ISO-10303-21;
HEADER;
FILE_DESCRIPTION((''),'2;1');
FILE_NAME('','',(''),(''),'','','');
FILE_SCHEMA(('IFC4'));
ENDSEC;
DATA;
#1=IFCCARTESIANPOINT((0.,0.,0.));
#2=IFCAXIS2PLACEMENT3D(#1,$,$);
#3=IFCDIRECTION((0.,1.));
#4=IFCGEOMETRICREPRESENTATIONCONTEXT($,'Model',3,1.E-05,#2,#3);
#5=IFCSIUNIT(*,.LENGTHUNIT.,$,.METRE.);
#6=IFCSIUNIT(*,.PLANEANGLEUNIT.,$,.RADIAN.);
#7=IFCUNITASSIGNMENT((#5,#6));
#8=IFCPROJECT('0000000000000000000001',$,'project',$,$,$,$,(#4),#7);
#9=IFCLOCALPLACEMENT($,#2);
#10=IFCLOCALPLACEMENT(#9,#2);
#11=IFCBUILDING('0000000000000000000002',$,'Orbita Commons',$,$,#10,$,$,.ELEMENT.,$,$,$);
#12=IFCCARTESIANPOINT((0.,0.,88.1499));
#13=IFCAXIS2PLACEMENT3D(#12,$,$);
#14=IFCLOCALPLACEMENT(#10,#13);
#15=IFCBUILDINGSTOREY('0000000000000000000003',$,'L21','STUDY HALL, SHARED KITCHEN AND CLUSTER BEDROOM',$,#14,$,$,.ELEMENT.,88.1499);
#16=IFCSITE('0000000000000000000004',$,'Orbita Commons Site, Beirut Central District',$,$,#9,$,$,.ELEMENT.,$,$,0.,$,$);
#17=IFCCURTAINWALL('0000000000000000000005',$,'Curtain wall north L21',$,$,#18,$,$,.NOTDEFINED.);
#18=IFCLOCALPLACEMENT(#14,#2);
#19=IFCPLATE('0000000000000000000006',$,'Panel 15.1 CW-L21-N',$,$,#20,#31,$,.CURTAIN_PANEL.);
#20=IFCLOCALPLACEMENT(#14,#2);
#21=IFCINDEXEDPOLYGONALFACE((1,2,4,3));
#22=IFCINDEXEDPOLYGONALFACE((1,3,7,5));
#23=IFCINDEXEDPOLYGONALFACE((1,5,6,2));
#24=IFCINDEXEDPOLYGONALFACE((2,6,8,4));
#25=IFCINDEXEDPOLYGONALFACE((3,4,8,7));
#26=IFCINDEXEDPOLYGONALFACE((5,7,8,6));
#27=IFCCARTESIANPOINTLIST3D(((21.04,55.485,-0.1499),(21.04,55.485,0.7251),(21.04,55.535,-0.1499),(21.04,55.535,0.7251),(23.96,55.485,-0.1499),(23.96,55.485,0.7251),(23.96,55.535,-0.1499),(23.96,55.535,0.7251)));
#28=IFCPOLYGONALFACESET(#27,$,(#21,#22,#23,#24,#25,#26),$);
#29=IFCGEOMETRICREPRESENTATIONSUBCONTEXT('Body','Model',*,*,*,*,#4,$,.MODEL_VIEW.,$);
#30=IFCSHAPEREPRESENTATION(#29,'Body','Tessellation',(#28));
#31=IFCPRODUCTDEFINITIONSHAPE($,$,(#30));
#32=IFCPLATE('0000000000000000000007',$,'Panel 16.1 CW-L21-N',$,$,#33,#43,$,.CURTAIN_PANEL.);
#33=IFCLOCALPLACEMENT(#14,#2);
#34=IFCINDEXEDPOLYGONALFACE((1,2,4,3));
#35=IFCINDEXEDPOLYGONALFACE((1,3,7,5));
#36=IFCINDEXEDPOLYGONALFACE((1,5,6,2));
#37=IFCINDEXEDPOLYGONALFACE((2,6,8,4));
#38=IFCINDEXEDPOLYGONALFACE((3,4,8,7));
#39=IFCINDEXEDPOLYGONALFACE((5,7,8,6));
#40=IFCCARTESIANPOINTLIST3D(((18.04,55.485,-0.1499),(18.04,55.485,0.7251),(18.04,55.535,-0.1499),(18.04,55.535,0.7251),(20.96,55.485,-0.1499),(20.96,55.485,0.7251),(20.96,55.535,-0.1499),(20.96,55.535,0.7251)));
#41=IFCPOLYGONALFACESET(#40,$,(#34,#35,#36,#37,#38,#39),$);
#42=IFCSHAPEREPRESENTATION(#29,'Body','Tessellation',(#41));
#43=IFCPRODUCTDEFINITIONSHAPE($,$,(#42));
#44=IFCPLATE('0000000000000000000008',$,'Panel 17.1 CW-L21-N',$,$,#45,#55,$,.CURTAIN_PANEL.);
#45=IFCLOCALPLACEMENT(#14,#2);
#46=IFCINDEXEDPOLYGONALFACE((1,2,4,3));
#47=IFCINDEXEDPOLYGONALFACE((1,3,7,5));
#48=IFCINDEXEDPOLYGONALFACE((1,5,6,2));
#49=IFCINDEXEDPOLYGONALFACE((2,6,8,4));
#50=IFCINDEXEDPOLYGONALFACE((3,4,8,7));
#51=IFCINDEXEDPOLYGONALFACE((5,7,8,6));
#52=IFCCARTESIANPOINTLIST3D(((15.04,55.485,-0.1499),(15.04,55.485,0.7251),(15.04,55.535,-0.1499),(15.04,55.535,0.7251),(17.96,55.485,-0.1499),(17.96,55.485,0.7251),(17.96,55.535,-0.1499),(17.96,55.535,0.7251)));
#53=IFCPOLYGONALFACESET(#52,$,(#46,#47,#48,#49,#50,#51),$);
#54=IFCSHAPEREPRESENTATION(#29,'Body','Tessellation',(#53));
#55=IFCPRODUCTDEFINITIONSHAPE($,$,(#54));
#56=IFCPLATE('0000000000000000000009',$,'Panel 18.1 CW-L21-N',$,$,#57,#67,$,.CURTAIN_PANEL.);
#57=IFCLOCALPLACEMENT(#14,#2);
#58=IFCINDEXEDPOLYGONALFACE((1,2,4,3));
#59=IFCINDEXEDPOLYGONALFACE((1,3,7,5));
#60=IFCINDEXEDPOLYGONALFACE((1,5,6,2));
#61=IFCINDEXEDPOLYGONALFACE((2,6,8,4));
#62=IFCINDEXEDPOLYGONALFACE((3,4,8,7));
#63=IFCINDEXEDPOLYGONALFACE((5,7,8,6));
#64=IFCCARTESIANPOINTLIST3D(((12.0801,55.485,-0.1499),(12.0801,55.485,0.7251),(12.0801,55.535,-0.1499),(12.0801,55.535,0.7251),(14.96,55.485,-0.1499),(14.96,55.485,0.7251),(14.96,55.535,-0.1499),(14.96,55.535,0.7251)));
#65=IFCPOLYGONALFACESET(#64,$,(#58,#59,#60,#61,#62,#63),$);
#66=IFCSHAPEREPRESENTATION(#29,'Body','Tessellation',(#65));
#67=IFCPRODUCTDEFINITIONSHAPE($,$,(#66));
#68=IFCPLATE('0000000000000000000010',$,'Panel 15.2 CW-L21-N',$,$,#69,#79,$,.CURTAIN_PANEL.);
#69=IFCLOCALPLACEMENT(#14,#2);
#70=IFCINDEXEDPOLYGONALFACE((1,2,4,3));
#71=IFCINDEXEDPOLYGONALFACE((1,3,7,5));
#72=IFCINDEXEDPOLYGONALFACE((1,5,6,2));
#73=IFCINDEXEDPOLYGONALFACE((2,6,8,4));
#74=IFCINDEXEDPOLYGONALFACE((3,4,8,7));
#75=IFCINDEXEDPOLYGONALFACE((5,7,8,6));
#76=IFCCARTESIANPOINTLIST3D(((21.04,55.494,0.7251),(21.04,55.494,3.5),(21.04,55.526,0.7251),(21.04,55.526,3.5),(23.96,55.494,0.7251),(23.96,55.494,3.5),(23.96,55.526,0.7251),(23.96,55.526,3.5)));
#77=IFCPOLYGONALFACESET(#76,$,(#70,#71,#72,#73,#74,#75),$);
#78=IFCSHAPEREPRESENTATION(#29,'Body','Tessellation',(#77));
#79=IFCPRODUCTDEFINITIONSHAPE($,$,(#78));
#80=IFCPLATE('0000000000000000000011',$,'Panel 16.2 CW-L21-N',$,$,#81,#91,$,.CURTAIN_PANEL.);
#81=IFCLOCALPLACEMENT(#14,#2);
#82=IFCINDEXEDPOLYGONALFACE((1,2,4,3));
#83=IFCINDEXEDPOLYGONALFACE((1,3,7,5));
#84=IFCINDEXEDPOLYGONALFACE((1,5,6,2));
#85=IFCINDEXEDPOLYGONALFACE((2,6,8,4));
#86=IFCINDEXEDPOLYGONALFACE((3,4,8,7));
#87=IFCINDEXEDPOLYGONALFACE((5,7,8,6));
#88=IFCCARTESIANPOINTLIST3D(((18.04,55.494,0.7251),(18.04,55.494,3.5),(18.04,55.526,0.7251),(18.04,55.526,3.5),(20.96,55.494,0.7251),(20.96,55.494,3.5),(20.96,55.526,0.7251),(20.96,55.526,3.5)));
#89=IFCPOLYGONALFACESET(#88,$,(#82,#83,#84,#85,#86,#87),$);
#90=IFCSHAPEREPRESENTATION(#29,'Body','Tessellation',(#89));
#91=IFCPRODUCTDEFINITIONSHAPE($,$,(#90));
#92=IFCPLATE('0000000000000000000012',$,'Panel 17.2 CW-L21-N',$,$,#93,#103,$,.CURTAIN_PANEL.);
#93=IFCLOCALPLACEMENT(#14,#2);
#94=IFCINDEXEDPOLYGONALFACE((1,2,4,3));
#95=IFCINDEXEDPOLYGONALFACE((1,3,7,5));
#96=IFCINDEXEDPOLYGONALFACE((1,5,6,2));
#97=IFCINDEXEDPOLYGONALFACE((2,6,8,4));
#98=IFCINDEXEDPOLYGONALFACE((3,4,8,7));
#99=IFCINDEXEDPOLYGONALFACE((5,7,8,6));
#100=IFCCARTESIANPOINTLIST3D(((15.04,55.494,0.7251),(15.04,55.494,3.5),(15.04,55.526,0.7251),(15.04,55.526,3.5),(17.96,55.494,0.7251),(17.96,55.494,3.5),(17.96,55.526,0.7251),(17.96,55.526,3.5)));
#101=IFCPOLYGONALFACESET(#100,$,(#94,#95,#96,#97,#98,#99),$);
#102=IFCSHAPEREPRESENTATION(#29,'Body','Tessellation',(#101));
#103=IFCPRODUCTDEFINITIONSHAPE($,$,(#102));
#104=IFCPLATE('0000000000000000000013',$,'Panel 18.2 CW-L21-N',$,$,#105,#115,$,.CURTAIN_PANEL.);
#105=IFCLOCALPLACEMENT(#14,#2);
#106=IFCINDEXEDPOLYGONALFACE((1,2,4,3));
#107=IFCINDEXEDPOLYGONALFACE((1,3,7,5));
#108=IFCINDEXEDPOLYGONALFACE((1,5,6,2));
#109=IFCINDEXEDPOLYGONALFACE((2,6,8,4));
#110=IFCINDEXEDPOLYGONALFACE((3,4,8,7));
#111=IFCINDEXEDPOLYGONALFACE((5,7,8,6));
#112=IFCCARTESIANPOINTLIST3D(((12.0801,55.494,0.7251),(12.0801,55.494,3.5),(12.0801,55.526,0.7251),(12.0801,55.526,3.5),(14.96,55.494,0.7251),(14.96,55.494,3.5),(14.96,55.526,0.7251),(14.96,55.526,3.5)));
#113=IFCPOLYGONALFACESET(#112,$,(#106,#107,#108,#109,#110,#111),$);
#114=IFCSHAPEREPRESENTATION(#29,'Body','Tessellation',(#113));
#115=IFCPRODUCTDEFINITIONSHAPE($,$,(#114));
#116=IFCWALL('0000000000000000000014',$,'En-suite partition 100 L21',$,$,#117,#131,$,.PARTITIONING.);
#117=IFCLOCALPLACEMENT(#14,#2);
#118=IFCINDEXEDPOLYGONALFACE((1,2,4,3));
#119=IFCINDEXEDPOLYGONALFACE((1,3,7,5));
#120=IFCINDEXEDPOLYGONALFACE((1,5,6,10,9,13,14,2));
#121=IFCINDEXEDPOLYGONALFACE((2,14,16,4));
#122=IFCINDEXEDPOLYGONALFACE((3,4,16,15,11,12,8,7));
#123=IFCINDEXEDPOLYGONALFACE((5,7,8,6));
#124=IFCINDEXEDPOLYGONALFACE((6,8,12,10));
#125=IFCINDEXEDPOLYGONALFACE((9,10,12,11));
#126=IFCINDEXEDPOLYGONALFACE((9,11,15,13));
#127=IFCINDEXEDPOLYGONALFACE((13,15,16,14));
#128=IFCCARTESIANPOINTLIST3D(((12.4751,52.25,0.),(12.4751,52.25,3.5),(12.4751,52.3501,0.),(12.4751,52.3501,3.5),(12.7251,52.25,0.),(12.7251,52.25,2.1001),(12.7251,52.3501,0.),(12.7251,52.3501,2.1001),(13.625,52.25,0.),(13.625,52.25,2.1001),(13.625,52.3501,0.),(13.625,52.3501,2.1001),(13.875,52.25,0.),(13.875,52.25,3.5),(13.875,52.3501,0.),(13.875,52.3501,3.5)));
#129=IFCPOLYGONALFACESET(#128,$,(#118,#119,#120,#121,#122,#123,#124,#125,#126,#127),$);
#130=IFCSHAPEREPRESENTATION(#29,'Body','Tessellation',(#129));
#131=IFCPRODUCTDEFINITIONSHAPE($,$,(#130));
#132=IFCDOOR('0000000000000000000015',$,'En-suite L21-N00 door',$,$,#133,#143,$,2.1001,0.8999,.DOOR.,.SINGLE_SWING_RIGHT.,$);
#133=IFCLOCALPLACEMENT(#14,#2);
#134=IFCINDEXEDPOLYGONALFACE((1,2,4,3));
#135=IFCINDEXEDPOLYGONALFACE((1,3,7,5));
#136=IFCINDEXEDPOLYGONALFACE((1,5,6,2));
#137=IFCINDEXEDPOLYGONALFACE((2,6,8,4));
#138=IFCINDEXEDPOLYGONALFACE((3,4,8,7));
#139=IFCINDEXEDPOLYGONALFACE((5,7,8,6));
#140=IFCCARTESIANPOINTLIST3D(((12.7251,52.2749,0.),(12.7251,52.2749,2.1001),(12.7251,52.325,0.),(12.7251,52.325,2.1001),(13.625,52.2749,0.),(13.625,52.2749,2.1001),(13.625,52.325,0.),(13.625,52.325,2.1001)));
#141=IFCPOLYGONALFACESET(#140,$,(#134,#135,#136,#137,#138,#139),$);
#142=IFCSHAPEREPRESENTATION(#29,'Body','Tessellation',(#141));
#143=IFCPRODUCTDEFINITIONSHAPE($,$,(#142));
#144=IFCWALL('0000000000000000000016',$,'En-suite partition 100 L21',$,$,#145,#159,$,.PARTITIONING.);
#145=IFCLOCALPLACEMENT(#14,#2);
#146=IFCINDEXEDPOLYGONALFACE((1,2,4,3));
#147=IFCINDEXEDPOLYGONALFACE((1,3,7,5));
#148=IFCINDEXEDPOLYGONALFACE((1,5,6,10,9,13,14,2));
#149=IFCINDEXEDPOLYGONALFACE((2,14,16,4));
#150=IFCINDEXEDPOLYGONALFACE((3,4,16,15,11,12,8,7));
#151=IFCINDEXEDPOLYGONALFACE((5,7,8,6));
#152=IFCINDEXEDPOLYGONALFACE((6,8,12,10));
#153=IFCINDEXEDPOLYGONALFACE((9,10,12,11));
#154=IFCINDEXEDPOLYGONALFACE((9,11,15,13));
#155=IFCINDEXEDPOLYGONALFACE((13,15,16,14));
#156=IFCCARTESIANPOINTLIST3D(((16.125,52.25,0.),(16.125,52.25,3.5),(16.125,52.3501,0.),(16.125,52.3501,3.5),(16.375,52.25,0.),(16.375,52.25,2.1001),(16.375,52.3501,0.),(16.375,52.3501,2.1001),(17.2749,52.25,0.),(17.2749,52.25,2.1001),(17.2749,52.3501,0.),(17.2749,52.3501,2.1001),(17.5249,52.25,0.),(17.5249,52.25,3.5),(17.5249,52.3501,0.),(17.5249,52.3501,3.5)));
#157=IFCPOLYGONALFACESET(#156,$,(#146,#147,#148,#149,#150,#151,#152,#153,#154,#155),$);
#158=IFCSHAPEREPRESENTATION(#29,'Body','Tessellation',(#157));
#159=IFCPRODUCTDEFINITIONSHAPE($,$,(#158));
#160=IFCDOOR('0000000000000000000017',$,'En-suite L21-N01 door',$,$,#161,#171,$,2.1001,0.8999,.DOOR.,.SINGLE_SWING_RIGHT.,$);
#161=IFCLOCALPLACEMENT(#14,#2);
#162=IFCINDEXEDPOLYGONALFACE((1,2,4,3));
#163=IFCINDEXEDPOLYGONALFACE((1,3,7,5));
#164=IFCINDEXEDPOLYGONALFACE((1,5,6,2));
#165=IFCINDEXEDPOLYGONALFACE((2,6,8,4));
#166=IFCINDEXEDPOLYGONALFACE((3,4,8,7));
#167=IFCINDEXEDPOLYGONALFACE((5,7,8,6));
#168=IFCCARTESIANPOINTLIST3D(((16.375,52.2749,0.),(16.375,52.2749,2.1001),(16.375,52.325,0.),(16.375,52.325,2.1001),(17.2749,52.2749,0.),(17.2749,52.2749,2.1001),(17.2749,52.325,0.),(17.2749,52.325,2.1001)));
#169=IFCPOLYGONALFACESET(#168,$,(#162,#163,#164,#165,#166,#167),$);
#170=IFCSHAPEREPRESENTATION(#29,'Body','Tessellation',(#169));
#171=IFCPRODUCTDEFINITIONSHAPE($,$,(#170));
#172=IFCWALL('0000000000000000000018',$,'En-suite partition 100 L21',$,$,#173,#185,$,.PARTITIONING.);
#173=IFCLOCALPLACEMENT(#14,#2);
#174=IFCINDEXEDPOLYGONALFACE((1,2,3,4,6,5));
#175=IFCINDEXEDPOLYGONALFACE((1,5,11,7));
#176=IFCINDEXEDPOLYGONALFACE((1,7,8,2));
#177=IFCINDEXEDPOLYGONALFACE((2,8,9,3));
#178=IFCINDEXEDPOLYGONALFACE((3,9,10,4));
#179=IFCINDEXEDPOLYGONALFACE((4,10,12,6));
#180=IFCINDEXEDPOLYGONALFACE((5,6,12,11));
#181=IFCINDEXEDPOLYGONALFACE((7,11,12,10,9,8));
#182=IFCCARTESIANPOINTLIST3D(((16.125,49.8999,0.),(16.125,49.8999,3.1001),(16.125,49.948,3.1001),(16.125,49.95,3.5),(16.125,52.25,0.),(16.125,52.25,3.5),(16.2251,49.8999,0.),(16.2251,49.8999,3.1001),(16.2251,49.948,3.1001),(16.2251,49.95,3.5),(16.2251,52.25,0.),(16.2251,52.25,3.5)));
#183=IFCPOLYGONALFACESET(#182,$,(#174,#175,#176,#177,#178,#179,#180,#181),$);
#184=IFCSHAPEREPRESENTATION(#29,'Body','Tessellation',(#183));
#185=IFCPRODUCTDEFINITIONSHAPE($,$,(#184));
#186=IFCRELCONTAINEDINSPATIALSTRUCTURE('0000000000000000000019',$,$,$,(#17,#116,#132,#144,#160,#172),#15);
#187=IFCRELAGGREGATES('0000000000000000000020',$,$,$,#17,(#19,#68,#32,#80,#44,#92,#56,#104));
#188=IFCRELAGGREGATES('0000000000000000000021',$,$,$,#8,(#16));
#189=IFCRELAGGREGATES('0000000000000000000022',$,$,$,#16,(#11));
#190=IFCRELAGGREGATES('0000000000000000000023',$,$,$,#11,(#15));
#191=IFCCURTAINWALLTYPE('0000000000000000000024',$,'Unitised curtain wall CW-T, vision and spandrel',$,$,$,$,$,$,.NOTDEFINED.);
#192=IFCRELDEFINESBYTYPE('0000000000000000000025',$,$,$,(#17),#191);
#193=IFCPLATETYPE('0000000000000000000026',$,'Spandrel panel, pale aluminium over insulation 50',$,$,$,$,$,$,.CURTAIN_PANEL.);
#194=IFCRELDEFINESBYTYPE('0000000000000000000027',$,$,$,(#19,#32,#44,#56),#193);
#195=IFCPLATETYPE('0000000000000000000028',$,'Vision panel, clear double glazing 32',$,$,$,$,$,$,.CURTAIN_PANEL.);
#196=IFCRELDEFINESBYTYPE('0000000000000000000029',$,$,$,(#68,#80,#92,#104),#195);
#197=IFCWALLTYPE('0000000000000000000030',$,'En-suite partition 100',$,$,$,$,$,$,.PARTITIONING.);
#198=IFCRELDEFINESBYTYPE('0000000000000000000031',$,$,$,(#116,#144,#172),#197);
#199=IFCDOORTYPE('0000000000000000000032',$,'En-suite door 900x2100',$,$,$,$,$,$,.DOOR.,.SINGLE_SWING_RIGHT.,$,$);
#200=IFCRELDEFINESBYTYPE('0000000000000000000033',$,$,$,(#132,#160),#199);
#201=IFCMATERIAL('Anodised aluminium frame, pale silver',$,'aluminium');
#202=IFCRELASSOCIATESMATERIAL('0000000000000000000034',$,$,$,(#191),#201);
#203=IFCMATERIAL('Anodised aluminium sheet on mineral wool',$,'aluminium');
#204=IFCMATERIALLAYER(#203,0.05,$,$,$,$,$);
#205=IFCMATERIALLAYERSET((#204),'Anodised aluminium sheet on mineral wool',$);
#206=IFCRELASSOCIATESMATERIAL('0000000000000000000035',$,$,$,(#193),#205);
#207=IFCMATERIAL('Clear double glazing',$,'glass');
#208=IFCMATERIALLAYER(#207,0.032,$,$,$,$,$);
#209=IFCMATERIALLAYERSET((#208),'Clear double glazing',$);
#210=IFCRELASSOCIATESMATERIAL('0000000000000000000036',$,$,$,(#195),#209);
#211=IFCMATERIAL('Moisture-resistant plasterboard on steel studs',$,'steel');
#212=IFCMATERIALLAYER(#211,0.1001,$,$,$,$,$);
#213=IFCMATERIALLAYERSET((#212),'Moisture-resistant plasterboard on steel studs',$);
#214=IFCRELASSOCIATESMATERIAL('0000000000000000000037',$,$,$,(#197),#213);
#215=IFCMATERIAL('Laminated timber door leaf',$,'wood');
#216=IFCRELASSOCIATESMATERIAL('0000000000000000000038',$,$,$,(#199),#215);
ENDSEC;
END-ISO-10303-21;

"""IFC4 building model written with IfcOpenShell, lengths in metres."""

from ifc_helpers import new_model, si_unit, direction, frame, frame_2d, origin, origin_2d, place, context, subcontext, project, spatial, polyline, rectangle, outline, extrude, material, layer, layer_set, type_object, element, fill, aggregate, save


model = new_model("IFC4")

# Units and contexts
model_context = context("Model", 3, precision=1e-05, world=origin(), true_north=direction((0.0, 1.0)))
body_context = subcontext(model_context, "Body", "Model", "MODEL_VIEW")
ifc_project = project(units=[si_unit("LENGTHUNIT", "METRE"), si_unit("PLANEANGLEUNIT", "RADIAN")], contexts=[model_context])

# Site, building, storey
site_placement = place(None, origin())
site = spatial("IfcSite", under=ifc_project, at=site_placement, Name="Orbita Commons Site, Beirut Central District", CompositionType="ELEMENT", RefElevation=0.0)
building_placement = place(site_placement, origin())
building = spatial("IfcBuilding", under=site, at=building_placement, Name="Orbita Commons", CompositionType="ELEMENT")
storey_placement = place(building_placement, frame((0.0, 0.0, 88.1499)))
storey = spatial("IfcBuildingStorey", under=building, at=storey_placement, Name="L21", Description="STUDY HALL, SHARED KITCHEN AND CLUSTER BEDROOM", CompositionType="ELEMENT", Elevation=88.1499)

# Curtain wall
ifc_material_1 = material(Name="Anodised aluminium frame, pale silver", Category="aluminium")
curtain_wall_type = type_object("IfcCurtainWallType", Name="Unitised curtain wall CW-T, vision and spandrel", PredefinedType="NOTDEFINED", material=ifc_material_1)
curtain_wall_placement = place(storey_placement, origin())
curtain_wall = element("IfcCurtainWall", 1, at=curtain_wall_placement, inside=storey, type_object=curtain_wall_type, Name="Curtain wall north L21", PredefinedType="NOTDEFINED")

# Plates
ifc_material_2 = material(Name="Anodised aluminium sheet on mineral wool", Category="aluminium")
ifc_layer_1 = layer(ifc_material_2, 0.05)
ifc_layer_set_1 = layer_set([ifc_layer_1], Name="Anodised aluminium sheet on mineral wool")
plate_type_1 = type_object("IfcPlateType", Name="Spandrel panel, pale aluminium over insulation 50", PredefinedType="CURTAIN_PANEL", material=ifc_layer_set_1)
plate_1_placement = place(storey_placement, frame((22.5, 55.51, -0.1499), z_axis=(0.0, 0.0, 1.0), x_axis=(-1.0, 0.0, 0.0)))
plate_1 = element("IfcPlate", 2, at=plate_1_placement, type_object=plate_type_1, Name="Panel 15.1 CW-L21-N", PredefinedType="CURTAIN_PANEL", context=body_context, shape_type="SweptSolid", body=[
    extrude(rectangle(XDim=2.9199, YDim=0.05, at=origin_2d()), origin(), (0.0, 0.0, 1.0), 0.875),
])
plate_2_placement = place(storey_placement, frame((19.5, 55.51, -0.1499), z_axis=(0.0, 0.0, 1.0), x_axis=(-1.0, 0.0, 0.0)))
plate_2 = element("IfcPlate", 3, at=plate_2_placement, type_object=plate_type_1, Name="Panel 16.1 CW-L21-N", PredefinedType="CURTAIN_PANEL", context=body_context, shape_type="SweptSolid", body=[
    extrude(rectangle(XDim=2.9199, YDim=0.05, at=origin_2d()), origin(), (0.0, 0.0, 1.0), 0.875),
])
plate_3_placement = place(storey_placement, frame((16.5, 55.51, -0.1499), z_axis=(0.0, 0.0, 1.0), x_axis=(-1.0, 0.0, 0.0)))
plate_3 = element("IfcPlate", 4, at=plate_3_placement, type_object=plate_type_1, Name="Panel 17.1 CW-L21-N", PredefinedType="CURTAIN_PANEL", context=body_context, shape_type="SweptSolid", body=[
    extrude(rectangle(XDim=2.9199, YDim=0.05, at=origin_2d()), origin(), (0.0, 0.0, 1.0), 0.875),
])
plate_4_placement = place(storey_placement, frame((13.52, 55.51, -0.1499), z_axis=(0.0, 0.0, 1.0), x_axis=(-1.0, 0.0, 0.0)))
plate_4 = element("IfcPlate", 5, at=plate_4_placement, type_object=plate_type_1, Name="Panel 18.1 CW-L21-N", PredefinedType="CURTAIN_PANEL", context=body_context, shape_type="SweptSolid", body=[
    extrude(rectangle(XDim=2.8799, YDim=0.05, at=origin_2d()), origin(), (0.0, 0.0, 1.0), 0.875),
])
ifc_material_3 = material(Name="Clear double glazing", Category="glass")
ifc_layer_2 = layer(ifc_material_3, 0.032)
ifc_layer_set_2 = layer_set([ifc_layer_2], Name="Clear double glazing")
plate_type_2 = type_object("IfcPlateType", Name="Vision panel, clear double glazing 32", PredefinedType="CURTAIN_PANEL", material=ifc_layer_set_2)
plate_5_placement = place(storey_placement, frame((22.5, 55.51, 0.7251), z_axis=(0.0, 0.0, 1.0), x_axis=(-1.0, 0.0, 0.0)))
plate_5 = element("IfcPlate", 6, at=plate_5_placement, type_object=plate_type_2, Name="Panel 15.2 CW-L21-N", PredefinedType="CURTAIN_PANEL", context=body_context, shape_type="SweptSolid", body=[
    extrude(rectangle(XDim=2.9199, YDim=0.032, at=origin_2d()), origin(), (0.0, 0.0, 1.0), 2.7749),
])
plate_6_placement = place(storey_placement, frame((19.5, 55.51, 0.7251), z_axis=(0.0, 0.0, 1.0), x_axis=(-1.0, 0.0, 0.0)))
plate_6 = element("IfcPlate", 7, at=plate_6_placement, type_object=plate_type_2, Name="Panel 16.2 CW-L21-N", PredefinedType="CURTAIN_PANEL", context=body_context, shape_type="SweptSolid", body=[
    extrude(rectangle(XDim=2.9199, YDim=0.032, at=origin_2d()), origin(), (0.0, 0.0, 1.0), 2.7749),
])
plate_7_placement = place(storey_placement, frame((16.5, 55.51, 0.7251), z_axis=(0.0, 0.0, 1.0), x_axis=(-1.0, 0.0, 0.0)))
plate_7 = element("IfcPlate", 8, at=plate_7_placement, type_object=plate_type_2, Name="Panel 17.2 CW-L21-N", PredefinedType="CURTAIN_PANEL", context=body_context, shape_type="SweptSolid", body=[
    extrude(rectangle(XDim=2.9199, YDim=0.032, at=origin_2d()), origin(), (0.0, 0.0, 1.0), 2.7749),
])
plate_8_placement = place(storey_placement, frame((13.52, 55.51, 0.7251), z_axis=(0.0, 0.0, 1.0), x_axis=(-1.0, 0.0, 0.0)))
plate_8 = element("IfcPlate", 9, at=plate_8_placement, type_object=plate_type_2, Name="Panel 18.2 CW-L21-N", PredefinedType="CURTAIN_PANEL", context=body_context, shape_type="SweptSolid", body=[
    extrude(rectangle(XDim=2.8799, YDim=0.032, at=origin_2d()), origin(), (0.0, 0.0, 1.0), 2.7749),
])
aggregate(curtain_wall, [plate_1, plate_5, plate_2, plate_6, plate_3, plate_7, plate_4, plate_8])

# Walls, openings, doors
ifc_material_4 = material(Name="Moisture-resistant plasterboard on steel studs", Category="steel")
ifc_layer_3 = layer(ifc_material_4, 0.1001)
ifc_layer_set_3 = layer_set([ifc_layer_3], Name="Moisture-resistant plasterboard on steel studs")
wall_type_1 = type_object("IfcWallType", Name="En-suite partition 100", PredefinedType="PARTITIONING", material=ifc_layer_set_3)
wall_1_placement = place(storey_placement, frame((12.4751, 52.3, 0.0), z_axis=(0.0, 0.0, 1.0), x_axis=(1.0, 0.0, 0.0)))
wall_1 = element("IfcWall", 10, at=wall_1_placement, inside=storey, type_object=wall_type_1, Name="En-suite partition 100 L21", PredefinedType="PARTITIONING", context=body_context, shape_type="SweptSolid", body=[
    extrude(rectangle(XDim=1.3999, YDim=0.1001, at=frame_2d((0.7, 0.0))), origin(), (0.0, 0.0, 1.0), 3.5),
])
opening_1_placement = place(wall_1_placement, frame((0.25, 0.0, 0.0)))
opening_1 = element("IfcOpeningElement", 11, at=opening_1_placement, cuts=wall_1, PredefinedType="OPENING", context=body_context, shape_type="SweptSolid", body=[
    extrude(rectangle(XDim=0.8999, YDim=2.1001, at=frame_2d((0.45, 1.05))), frame((0.0, 0.0601, 0.0), z_axis=(0.0, -1.0, 0.0), x_axis=(1.0, 0.0, 0.0)), (0.0, 0.0, 1.0), 0.1201),
])
ifc_material_5 = material(Name="Laminated timber door leaf", Category="wood")
door_type = type_object("IfcDoorType", Name="En-suite door 900x2100", OperationType="SINGLE_SWING_RIGHT", PredefinedType="DOOR", material=ifc_material_5)
door_1_placement = place(opening_1_placement, origin())
door_1 = element("IfcDoor", 12, at=door_1_placement, inside=storey, type_object=door_type, Name="En-suite L21-N00 door", OperationType="SINGLE_SWING_RIGHT", OverallHeight=2.1001, OverallWidth=0.8999, PredefinedType="DOOR", context=body_context, shape_type="SweptSolid", body=[
    extrude(rectangle(XDim=0.8999, YDim=2.1001, at=frame_2d((0.45, 1.05))), frame((0.0, 0.0249, 0.0), z_axis=(0.0, -1.0, 0.0), x_axis=(1.0, 0.0, 0.0)), (0.0, 0.0, 1.0), 0.05),
])
fill(opening_1, door_1)
wall_2_placement = place(storey_placement, frame((16.125, 52.3, 0.0), z_axis=(0.0, 0.0, 1.0), x_axis=(1.0, 0.0, 0.0)))
wall_2 = element("IfcWall", 13, at=wall_2_placement, inside=storey, type_object=wall_type_1, Name="En-suite partition 100 L21", PredefinedType="PARTITIONING", context=body_context, shape_type="SweptSolid", body=[
    extrude(rectangle(XDim=1.3999, YDim=0.1001, at=frame_2d((0.7, 0.0))), origin(), (0.0, 0.0, 1.0), 3.5),
])
opening_2_placement = place(wall_2_placement, frame((0.25, 0.0, 0.0)))
opening_2 = element("IfcOpeningElement", 14, at=opening_2_placement, cuts=wall_2, PredefinedType="OPENING", context=body_context, shape_type="SweptSolid", body=[
    extrude(rectangle(XDim=0.8999, YDim=2.1001, at=frame_2d((0.45, 1.05))), frame((0.0, 0.0601, 0.0), z_axis=(0.0, -1.0, 0.0), x_axis=(1.0, 0.0, 0.0)), (0.0, 0.0, 1.0), 0.1201),
])
door_2_placement = place(opening_2_placement, origin())
door_2 = element("IfcDoor", 15, at=door_2_placement, inside=storey, type_object=door_type, Name="En-suite L21-N01 door", OperationType="SINGLE_SWING_RIGHT", OverallHeight=2.1001, OverallWidth=0.8999, PredefinedType="DOOR", context=body_context, shape_type="SweptSolid", body=[
    extrude(rectangle(XDim=0.8999, YDim=2.1001, at=frame_2d((0.45, 1.05))), frame((0.0, 0.0249, 0.0), z_axis=(0.0, -1.0, 0.0), x_axis=(1.0, 0.0, 0.0)), (0.0, 0.0, 1.0), 0.05),
])
fill(opening_2, door_2)

# Wall
wall_3_placement = place(storey_placement, frame((16.175, 52.25, 0.0), z_axis=(0.0, 0.0, 1.0), x_axis=(0.0, -1.0, 0.0)))
element("IfcWall", 16, at=wall_3_placement, inside=storey, type_object=wall_type_1, Name="En-suite partition 100 L21", PredefinedType="PARTITIONING", context=body_context, shape_type="SweptSolid", body=[
    extrude(outline(polyline([(0.0, 0.0), (2.3501, 0.0), (2.3501, 3.1001), (2.302, 3.1001), (2.3, 3.5), (0.0, 3.5), (0.0, 0.0)])), frame((0.0, 0.05, 0.0), z_axis=(0.0, -1.0, 0.0), x_axis=(1.0, 0.0, 0.0)), (0.0, 0.0, 1.0), 0.1001),
])

save(model, "model.ifc")
